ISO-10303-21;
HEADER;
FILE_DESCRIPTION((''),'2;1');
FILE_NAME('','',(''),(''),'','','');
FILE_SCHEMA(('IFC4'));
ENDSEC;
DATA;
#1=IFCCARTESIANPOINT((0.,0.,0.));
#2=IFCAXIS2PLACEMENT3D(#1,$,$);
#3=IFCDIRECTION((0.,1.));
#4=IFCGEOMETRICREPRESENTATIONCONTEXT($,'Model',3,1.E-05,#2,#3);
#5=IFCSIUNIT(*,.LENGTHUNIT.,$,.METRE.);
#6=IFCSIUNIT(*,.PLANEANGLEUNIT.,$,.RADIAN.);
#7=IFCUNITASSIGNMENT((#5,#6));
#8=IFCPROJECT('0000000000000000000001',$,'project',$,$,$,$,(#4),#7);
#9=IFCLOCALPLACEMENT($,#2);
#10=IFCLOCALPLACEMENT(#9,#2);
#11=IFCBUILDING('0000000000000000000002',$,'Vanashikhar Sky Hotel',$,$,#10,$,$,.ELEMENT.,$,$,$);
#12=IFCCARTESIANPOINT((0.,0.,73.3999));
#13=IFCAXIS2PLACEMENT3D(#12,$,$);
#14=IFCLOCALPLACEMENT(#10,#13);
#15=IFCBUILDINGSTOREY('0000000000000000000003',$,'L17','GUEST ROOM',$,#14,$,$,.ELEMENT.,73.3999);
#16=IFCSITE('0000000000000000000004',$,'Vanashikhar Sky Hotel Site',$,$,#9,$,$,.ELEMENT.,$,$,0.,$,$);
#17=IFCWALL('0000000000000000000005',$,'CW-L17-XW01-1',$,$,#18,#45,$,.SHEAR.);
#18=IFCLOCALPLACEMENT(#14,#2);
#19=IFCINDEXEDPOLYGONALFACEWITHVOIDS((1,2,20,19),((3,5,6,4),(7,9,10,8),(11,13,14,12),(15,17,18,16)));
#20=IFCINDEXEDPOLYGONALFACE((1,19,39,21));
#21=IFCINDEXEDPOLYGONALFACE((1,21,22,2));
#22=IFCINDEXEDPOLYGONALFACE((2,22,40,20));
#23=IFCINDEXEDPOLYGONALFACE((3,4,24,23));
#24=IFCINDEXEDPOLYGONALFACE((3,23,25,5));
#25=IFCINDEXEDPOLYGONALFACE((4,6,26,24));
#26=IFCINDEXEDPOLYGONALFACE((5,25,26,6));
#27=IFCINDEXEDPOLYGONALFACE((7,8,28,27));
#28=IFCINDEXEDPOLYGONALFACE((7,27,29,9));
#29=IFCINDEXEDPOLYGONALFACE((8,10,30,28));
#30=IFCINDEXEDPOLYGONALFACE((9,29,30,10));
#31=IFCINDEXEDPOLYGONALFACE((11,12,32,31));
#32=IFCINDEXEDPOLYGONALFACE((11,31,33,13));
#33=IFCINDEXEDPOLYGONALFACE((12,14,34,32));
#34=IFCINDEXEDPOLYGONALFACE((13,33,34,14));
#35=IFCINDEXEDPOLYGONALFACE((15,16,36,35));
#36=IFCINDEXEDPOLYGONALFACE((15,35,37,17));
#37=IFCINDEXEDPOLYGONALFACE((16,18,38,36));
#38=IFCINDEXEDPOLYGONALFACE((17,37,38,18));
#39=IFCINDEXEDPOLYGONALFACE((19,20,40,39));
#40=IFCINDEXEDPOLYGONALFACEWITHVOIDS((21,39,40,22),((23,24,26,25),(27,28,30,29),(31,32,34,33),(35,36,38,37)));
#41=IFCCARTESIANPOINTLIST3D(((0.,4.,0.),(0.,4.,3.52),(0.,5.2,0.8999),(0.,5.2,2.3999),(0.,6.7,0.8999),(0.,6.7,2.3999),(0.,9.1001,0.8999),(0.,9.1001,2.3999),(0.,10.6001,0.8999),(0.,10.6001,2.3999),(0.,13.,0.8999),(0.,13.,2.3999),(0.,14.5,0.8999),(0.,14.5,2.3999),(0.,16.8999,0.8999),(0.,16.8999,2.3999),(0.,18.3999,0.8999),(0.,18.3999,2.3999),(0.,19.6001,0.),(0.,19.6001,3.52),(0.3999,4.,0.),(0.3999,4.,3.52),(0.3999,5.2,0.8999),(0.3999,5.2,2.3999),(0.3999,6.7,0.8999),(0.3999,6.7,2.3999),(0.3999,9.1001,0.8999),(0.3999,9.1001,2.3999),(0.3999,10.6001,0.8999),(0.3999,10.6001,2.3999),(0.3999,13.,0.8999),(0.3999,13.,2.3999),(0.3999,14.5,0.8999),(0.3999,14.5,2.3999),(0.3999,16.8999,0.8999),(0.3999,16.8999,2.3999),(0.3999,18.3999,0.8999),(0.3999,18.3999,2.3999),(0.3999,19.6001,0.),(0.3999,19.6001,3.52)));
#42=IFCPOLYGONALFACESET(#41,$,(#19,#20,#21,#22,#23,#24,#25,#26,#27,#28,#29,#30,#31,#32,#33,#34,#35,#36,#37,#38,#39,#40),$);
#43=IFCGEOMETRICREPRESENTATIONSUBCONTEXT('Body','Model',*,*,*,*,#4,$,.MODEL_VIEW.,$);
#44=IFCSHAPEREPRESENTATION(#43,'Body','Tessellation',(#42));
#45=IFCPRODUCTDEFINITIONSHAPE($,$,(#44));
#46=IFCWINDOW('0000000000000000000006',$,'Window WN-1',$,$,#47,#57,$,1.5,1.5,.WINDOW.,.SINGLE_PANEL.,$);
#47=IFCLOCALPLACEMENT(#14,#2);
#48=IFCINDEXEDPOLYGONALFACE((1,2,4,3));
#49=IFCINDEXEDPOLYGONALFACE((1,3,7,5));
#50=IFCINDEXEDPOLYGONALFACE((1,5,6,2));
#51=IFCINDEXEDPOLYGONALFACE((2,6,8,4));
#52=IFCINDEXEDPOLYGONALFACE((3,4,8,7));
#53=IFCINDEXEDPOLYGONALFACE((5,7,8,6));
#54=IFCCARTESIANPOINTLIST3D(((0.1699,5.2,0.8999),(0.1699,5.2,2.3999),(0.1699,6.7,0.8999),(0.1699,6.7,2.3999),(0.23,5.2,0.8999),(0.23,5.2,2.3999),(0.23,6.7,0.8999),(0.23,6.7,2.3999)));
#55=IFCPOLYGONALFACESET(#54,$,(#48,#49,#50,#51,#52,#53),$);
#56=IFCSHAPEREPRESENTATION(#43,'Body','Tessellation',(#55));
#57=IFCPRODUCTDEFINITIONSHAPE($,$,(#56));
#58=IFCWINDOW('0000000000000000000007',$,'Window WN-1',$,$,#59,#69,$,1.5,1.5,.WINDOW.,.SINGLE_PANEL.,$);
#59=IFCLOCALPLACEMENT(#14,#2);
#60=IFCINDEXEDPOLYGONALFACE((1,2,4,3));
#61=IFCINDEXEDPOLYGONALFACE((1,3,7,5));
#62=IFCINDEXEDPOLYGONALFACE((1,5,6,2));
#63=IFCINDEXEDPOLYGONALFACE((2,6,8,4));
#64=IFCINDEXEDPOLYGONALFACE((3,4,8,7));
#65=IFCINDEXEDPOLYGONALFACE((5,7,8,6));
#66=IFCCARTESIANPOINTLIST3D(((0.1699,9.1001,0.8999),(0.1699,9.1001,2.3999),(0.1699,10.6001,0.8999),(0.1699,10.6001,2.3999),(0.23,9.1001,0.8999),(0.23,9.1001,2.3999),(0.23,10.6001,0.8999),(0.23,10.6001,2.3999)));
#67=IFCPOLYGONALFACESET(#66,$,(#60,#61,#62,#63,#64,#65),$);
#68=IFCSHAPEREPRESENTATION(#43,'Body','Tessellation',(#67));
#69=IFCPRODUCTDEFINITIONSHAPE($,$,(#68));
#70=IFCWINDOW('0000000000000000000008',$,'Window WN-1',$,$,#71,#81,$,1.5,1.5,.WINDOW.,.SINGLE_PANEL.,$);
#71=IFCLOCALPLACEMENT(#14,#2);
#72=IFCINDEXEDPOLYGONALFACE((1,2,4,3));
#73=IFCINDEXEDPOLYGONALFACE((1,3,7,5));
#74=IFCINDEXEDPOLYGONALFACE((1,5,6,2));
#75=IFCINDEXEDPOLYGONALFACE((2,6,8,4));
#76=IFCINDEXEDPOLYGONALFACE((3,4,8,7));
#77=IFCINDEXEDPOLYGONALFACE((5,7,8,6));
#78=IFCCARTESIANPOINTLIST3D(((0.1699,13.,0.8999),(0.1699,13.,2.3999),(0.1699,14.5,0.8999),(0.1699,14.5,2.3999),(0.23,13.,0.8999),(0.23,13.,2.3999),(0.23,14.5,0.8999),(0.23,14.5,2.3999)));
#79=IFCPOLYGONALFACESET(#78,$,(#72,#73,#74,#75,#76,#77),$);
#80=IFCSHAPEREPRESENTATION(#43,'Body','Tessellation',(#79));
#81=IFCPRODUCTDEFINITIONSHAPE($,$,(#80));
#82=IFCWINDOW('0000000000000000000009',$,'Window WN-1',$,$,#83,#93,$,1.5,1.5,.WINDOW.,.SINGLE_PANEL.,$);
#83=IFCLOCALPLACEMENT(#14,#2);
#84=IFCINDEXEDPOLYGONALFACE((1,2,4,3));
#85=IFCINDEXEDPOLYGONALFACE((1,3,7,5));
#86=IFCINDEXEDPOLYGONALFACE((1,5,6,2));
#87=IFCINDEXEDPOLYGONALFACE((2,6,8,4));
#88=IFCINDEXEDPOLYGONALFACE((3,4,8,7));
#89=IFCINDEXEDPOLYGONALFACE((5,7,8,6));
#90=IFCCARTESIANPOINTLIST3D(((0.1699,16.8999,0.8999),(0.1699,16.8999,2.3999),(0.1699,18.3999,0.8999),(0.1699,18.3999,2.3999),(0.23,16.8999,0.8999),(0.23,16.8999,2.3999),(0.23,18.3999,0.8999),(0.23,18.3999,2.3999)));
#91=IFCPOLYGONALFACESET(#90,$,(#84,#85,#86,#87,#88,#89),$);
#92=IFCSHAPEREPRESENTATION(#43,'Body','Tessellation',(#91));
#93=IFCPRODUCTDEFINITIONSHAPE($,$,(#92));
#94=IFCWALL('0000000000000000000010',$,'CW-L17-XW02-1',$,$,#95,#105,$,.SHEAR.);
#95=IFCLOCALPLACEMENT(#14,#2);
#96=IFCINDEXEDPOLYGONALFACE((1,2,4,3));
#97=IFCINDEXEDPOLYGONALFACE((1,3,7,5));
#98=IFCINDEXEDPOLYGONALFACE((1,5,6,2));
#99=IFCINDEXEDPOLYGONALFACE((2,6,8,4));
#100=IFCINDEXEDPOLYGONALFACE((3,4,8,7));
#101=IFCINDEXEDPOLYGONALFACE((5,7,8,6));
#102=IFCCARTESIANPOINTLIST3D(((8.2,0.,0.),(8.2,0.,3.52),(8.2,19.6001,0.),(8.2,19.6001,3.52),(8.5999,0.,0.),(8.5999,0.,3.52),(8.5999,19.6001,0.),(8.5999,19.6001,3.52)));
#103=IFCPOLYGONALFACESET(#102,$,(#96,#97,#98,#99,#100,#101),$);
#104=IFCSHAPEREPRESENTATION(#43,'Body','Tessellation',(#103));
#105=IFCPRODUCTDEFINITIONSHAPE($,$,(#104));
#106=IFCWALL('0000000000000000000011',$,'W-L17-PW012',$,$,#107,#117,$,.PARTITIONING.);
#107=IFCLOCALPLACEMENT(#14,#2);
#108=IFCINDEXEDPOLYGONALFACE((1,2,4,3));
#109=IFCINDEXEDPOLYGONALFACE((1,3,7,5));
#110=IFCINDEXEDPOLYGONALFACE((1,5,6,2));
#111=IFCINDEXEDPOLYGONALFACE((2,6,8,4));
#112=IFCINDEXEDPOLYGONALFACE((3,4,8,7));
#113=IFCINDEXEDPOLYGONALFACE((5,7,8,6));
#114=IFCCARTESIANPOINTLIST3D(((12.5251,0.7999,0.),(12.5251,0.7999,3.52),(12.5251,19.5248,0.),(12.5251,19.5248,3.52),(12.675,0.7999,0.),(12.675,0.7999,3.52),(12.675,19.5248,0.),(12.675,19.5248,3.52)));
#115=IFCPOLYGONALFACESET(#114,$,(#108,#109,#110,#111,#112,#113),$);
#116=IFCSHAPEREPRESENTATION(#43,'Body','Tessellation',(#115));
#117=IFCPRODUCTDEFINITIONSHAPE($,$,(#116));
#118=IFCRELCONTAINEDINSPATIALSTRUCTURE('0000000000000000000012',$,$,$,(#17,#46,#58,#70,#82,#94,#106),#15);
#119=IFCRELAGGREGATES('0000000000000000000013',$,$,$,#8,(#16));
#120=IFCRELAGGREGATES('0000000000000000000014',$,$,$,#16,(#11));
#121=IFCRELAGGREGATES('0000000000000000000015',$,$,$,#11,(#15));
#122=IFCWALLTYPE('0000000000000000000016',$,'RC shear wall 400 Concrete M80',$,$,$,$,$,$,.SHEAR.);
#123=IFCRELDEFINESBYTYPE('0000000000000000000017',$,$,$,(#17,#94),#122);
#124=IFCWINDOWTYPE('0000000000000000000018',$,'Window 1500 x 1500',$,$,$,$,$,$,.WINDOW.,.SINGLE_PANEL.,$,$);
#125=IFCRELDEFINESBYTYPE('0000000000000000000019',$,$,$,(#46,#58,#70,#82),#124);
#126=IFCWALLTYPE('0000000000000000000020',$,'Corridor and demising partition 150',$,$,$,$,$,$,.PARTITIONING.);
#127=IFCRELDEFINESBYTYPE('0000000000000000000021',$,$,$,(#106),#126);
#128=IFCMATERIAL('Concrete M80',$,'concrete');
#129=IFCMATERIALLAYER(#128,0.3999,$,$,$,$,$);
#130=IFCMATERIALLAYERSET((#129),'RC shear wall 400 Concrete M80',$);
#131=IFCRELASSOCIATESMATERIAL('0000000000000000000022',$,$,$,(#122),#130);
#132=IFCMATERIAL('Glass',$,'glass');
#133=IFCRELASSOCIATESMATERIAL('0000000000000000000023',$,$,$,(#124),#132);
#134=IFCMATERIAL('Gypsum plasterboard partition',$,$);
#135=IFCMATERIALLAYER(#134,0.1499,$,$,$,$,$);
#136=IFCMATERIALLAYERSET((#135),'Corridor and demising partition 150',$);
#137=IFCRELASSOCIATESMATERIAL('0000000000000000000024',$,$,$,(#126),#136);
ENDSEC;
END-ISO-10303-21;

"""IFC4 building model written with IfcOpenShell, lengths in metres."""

from ifc_helpers import new_model, si_unit, direction, frame, frame_2d, origin, place, context, subcontext, project, spatial, rectangle, extrude, source, transform, mapped, material, layer, layer_set, type_object, element, fill, save


model = new_model("IFC4")

# Units and contexts
model_context = context("Model", 3, precision=1e-05, world=origin(), true_north=direction((0.0, 1.0)))
body_context = subcontext(model_context, "Body", "Model", "MODEL_VIEW")
ifc_project = project(units=[si_unit("LENGTHUNIT", "METRE"), si_unit("PLANEANGLEUNIT", "RADIAN")], contexts=[model_context])

# Site, building, storey
site_placement = place(None, origin())
site = spatial("IfcSite", under=ifc_project, at=site_placement, Name="Vanashikhar Sky Hotel Site", CompositionType="ELEMENT", RefElevation=0.0)
building_placement = place(site_placement, origin())
building = spatial("IfcBuilding", under=site, at=building_placement, Name="Vanashikhar Sky Hotel", CompositionType="ELEMENT")
storey_placement = place(building_placement, frame((0.0, 0.0, 73.3999)))
storey = spatial("IfcBuildingStorey", under=building, at=storey_placement, Name="L17", Description="GUEST ROOM", CompositionType="ELEMENT", Elevation=73.3999)

# Wall, openings, windows
ifc_material_1 = material(Name="Concrete M80", Category="concrete")
ifc_layer_1 = layer(ifc_material_1, 0.3999)
ifc_layer_set_1 = layer_set([ifc_layer_1], Name="RC shear wall 400 Concrete M80")
wall_type_1 = type_object("IfcWallType", Name="RC shear wall 400 Concrete M80", PredefinedType="SHEAR", material=ifc_layer_set_1)
shared_shape_1 = source(origin(), body_context, "Body", "SweptSolid", [
    extrude(rectangle(XDim=15.6001, YDim=0.3999, at=frame_2d((7.8, 0.0))), origin(), (0.0, 0.0, 1.0), 3.52),
])
wall_1_placement = place(storey_placement, frame((0.2, 4.0, 0.0), z_axis=(0.0, 0.0, 1.0), x_axis=(0.0, 1.0, 0.0)))
wall_1 = element("IfcWall", 1, at=wall_1_placement, inside=storey, type_object=wall_type_1, Name="CW-L17-XW01-1", PredefinedType="SHEAR", context=body_context, shape_type="MappedRepresentation", body=[
    mapped(shared_shape_1, transform((0.0, 0.0, 0.0), scale=1.0)),
])
shared_shape_2 = source(origin(), body_context, "Body", "SweptSolid", [
    extrude(rectangle(XDim=1.5, YDim=1.5, at=frame_2d((0.75, 0.75))), frame((0.0, 0.21, 0.0), z_axis=(0.0, -1.0, 0.0), x_axis=(1.0, 0.0, 0.0)), (0.0, 0.0, 1.0), 0.4199),
])
opening_1_placement = place(wall_1_placement, frame((1.2, 0.0, 0.8999)))
opening_1 = element("IfcOpeningElement", 2, at=opening_1_placement, cuts=wall_1, PredefinedType="OPENING", context=body_context, shape_type="MappedRepresentation", body=[
    mapped(shared_shape_2, transform((0.0, 0.0, 0.0), scale=1.0)),
])
opening_2_placement = place(wall_1_placement, frame((5.1001, 0.0, 0.8999)))
opening_2 = element("IfcOpeningElement", 3, at=opening_2_placement, cuts=wall_1, PredefinedType="OPENING", context=body_context, shape_type="MappedRepresentation", body=[
    mapped(shared_shape_2, transform((0.0, 0.0, 0.0), scale=1.0)),
])
opening_3_placement = place(wall_1_placement, frame((9.0, 0.0, 0.8999)))
opening_3 = element("IfcOpeningElement", 4, at=opening_3_placement, cuts=wall_1, PredefinedType="OPENING", context=body_context, shape_type="MappedRepresentation", body=[
    mapped(shared_shape_2, transform((0.0, 0.0, 0.0), scale=1.0)),
])
opening_4_placement = place(wall_1_placement, frame((12.8999, 0.0, 0.8999)))
opening_4 = element("IfcOpeningElement", 5, at=opening_4_placement, cuts=wall_1, PredefinedType="OPENING", context=body_context, shape_type="MappedRepresentation", body=[
    mapped(shared_shape_2, transform((0.0, 0.0, 0.0), scale=1.0)),
])
ifc_material_2 = material(Name="Glass", Category="glass")
window_type = type_object("IfcWindowType", Name="Window 1500 x 1500", PartitioningType="SINGLE_PANEL", PredefinedType="WINDOW", material=ifc_material_2)
shared_shape_3 = source(origin(), body_context, "Body", "SweptSolid", [
    extrude(rectangle(XDim=1.5, YDim=1.5, at=frame_2d((0.75, 0.75))), frame((0.0, 0.03, 0.0), z_axis=(0.0, -1.0, 0.0), x_axis=(1.0, 0.0, 0.0)), (0.0, 0.0, 1.0), 0.0601),
])
window_1_placement = place(opening_1_placement, origin())
window_1 = element("IfcWindow", 6, at=window_1_placement, inside=storey, type_object=window_type, Name="Window WN-1", OverallHeight=1.5, OverallWidth=1.5, PartitioningType="SINGLE_PANEL", PredefinedType="WINDOW", context=body_context, shape_type="MappedRepresentation", body=[
    mapped(shared_shape_3, transform((0.0, 0.0, 0.0), scale=1.0)),
])
fill(opening_1, window_1)
window_2_placement = place(opening_2_placement, origin())
window_2 = element("IfcWindow", 7, at=window_2_placement, inside=storey, type_object=window_type, Name="Window WN-1", OverallHeight=1.5, OverallWidth=1.5, PartitioningType="SINGLE_PANEL", PredefinedType="WINDOW", context=body_context, shape_type="MappedRepresentation", body=[
    mapped(shared_shape_3, transform((0.0, 0.0, 0.0), scale=1.0)),
])
fill(opening_2, window_2)
window_3_placement = place(opening_3_placement, origin())
window_3 = element("IfcWindow", 8, at=window_3_placement, inside=storey, type_object=window_type, Name="Window WN-1", OverallHeight=1.5, OverallWidth=1.5, PartitioningType="SINGLE_PANEL", PredefinedType="WINDOW", context=body_context, shape_type="MappedRepresentation", body=[
    mapped(shared_shape_3, transform((0.0, 0.0, 0.0), scale=1.0)),
])
fill(opening_3, window_3)
window_4_placement = place(opening_4_placement, origin())
window_4 = element("IfcWindow", 9, at=window_4_placement, inside=storey, type_object=window_type, Name="Window WN-1", OverallHeight=1.5, OverallWidth=1.5, PartitioningType="SINGLE_PANEL", PredefinedType="WINDOW", context=body_context, shape_type="MappedRepresentation", body=[
    mapped(shared_shape_3, transform((0.0, 0.0, 0.0), scale=1.0)),
])
fill(opening_4, window_4)

# Wall
shared_shape_4 = source(origin(), body_context, "Body", "SweptSolid", [
    extrude(rectangle(XDim=19.6001, YDim=0.3999, at=frame_2d((9.8, 0.0))), origin(), (0.0, 0.0, 1.0), 3.52),
])
wall_2_placement = place(storey_placement, frame((8.3999, 0.0, 0.0), z_axis=(0.0, 0.0, 1.0), x_axis=(0.0, 1.0, 0.0)))
element("IfcWall", 10, at=wall_2_placement, inside=storey, type_object=wall_type_1, Name="CW-L17-XW02-1", PredefinedType="SHEAR", context=body_context, shape_type="MappedRepresentation", body=[
    mapped(shared_shape_4, transform((0.0, 0.0, 0.0), scale=1.0)),
])

# Wall
ifc_material_3 = material(Name="Gypsum plasterboard partition")
ifc_layer_2 = layer(ifc_material_3, 0.1499)
ifc_layer_set_2 = layer_set([ifc_layer_2], Name="Corridor and demising partition 150")
wall_type_2 = type_object("IfcWallType", Name="Corridor and demising partition 150", PredefinedType="PARTITIONING", material=ifc_layer_set_2)
shared_shape_5 = source(origin(), body_context, "Body", "SweptSolid", [
    extrude(rectangle(XDim=18.7249, YDim=0.1499, at=frame_2d((9.3623, 0.0))), origin(), (0.0, 0.0, 1.0), 3.52),
])
wall_3_placement = place(storey_placement, frame((12.6001, 0.8, 0.0), z_axis=(0.0, 0.0, 1.0), x_axis=(0.0, 1.0, 0.0)))
element("IfcWall", 11, at=wall_3_placement, inside=storey, type_object=wall_type_2, Name="W-L17-PW012", PredefinedType="PARTITIONING", context=body_context, shape_type="MappedRepresentation", body=[
    mapped(shared_shape_5, transform((0.0, 0.0, 0.0), scale=1.0)),
])

save(model, "model.ifc")
